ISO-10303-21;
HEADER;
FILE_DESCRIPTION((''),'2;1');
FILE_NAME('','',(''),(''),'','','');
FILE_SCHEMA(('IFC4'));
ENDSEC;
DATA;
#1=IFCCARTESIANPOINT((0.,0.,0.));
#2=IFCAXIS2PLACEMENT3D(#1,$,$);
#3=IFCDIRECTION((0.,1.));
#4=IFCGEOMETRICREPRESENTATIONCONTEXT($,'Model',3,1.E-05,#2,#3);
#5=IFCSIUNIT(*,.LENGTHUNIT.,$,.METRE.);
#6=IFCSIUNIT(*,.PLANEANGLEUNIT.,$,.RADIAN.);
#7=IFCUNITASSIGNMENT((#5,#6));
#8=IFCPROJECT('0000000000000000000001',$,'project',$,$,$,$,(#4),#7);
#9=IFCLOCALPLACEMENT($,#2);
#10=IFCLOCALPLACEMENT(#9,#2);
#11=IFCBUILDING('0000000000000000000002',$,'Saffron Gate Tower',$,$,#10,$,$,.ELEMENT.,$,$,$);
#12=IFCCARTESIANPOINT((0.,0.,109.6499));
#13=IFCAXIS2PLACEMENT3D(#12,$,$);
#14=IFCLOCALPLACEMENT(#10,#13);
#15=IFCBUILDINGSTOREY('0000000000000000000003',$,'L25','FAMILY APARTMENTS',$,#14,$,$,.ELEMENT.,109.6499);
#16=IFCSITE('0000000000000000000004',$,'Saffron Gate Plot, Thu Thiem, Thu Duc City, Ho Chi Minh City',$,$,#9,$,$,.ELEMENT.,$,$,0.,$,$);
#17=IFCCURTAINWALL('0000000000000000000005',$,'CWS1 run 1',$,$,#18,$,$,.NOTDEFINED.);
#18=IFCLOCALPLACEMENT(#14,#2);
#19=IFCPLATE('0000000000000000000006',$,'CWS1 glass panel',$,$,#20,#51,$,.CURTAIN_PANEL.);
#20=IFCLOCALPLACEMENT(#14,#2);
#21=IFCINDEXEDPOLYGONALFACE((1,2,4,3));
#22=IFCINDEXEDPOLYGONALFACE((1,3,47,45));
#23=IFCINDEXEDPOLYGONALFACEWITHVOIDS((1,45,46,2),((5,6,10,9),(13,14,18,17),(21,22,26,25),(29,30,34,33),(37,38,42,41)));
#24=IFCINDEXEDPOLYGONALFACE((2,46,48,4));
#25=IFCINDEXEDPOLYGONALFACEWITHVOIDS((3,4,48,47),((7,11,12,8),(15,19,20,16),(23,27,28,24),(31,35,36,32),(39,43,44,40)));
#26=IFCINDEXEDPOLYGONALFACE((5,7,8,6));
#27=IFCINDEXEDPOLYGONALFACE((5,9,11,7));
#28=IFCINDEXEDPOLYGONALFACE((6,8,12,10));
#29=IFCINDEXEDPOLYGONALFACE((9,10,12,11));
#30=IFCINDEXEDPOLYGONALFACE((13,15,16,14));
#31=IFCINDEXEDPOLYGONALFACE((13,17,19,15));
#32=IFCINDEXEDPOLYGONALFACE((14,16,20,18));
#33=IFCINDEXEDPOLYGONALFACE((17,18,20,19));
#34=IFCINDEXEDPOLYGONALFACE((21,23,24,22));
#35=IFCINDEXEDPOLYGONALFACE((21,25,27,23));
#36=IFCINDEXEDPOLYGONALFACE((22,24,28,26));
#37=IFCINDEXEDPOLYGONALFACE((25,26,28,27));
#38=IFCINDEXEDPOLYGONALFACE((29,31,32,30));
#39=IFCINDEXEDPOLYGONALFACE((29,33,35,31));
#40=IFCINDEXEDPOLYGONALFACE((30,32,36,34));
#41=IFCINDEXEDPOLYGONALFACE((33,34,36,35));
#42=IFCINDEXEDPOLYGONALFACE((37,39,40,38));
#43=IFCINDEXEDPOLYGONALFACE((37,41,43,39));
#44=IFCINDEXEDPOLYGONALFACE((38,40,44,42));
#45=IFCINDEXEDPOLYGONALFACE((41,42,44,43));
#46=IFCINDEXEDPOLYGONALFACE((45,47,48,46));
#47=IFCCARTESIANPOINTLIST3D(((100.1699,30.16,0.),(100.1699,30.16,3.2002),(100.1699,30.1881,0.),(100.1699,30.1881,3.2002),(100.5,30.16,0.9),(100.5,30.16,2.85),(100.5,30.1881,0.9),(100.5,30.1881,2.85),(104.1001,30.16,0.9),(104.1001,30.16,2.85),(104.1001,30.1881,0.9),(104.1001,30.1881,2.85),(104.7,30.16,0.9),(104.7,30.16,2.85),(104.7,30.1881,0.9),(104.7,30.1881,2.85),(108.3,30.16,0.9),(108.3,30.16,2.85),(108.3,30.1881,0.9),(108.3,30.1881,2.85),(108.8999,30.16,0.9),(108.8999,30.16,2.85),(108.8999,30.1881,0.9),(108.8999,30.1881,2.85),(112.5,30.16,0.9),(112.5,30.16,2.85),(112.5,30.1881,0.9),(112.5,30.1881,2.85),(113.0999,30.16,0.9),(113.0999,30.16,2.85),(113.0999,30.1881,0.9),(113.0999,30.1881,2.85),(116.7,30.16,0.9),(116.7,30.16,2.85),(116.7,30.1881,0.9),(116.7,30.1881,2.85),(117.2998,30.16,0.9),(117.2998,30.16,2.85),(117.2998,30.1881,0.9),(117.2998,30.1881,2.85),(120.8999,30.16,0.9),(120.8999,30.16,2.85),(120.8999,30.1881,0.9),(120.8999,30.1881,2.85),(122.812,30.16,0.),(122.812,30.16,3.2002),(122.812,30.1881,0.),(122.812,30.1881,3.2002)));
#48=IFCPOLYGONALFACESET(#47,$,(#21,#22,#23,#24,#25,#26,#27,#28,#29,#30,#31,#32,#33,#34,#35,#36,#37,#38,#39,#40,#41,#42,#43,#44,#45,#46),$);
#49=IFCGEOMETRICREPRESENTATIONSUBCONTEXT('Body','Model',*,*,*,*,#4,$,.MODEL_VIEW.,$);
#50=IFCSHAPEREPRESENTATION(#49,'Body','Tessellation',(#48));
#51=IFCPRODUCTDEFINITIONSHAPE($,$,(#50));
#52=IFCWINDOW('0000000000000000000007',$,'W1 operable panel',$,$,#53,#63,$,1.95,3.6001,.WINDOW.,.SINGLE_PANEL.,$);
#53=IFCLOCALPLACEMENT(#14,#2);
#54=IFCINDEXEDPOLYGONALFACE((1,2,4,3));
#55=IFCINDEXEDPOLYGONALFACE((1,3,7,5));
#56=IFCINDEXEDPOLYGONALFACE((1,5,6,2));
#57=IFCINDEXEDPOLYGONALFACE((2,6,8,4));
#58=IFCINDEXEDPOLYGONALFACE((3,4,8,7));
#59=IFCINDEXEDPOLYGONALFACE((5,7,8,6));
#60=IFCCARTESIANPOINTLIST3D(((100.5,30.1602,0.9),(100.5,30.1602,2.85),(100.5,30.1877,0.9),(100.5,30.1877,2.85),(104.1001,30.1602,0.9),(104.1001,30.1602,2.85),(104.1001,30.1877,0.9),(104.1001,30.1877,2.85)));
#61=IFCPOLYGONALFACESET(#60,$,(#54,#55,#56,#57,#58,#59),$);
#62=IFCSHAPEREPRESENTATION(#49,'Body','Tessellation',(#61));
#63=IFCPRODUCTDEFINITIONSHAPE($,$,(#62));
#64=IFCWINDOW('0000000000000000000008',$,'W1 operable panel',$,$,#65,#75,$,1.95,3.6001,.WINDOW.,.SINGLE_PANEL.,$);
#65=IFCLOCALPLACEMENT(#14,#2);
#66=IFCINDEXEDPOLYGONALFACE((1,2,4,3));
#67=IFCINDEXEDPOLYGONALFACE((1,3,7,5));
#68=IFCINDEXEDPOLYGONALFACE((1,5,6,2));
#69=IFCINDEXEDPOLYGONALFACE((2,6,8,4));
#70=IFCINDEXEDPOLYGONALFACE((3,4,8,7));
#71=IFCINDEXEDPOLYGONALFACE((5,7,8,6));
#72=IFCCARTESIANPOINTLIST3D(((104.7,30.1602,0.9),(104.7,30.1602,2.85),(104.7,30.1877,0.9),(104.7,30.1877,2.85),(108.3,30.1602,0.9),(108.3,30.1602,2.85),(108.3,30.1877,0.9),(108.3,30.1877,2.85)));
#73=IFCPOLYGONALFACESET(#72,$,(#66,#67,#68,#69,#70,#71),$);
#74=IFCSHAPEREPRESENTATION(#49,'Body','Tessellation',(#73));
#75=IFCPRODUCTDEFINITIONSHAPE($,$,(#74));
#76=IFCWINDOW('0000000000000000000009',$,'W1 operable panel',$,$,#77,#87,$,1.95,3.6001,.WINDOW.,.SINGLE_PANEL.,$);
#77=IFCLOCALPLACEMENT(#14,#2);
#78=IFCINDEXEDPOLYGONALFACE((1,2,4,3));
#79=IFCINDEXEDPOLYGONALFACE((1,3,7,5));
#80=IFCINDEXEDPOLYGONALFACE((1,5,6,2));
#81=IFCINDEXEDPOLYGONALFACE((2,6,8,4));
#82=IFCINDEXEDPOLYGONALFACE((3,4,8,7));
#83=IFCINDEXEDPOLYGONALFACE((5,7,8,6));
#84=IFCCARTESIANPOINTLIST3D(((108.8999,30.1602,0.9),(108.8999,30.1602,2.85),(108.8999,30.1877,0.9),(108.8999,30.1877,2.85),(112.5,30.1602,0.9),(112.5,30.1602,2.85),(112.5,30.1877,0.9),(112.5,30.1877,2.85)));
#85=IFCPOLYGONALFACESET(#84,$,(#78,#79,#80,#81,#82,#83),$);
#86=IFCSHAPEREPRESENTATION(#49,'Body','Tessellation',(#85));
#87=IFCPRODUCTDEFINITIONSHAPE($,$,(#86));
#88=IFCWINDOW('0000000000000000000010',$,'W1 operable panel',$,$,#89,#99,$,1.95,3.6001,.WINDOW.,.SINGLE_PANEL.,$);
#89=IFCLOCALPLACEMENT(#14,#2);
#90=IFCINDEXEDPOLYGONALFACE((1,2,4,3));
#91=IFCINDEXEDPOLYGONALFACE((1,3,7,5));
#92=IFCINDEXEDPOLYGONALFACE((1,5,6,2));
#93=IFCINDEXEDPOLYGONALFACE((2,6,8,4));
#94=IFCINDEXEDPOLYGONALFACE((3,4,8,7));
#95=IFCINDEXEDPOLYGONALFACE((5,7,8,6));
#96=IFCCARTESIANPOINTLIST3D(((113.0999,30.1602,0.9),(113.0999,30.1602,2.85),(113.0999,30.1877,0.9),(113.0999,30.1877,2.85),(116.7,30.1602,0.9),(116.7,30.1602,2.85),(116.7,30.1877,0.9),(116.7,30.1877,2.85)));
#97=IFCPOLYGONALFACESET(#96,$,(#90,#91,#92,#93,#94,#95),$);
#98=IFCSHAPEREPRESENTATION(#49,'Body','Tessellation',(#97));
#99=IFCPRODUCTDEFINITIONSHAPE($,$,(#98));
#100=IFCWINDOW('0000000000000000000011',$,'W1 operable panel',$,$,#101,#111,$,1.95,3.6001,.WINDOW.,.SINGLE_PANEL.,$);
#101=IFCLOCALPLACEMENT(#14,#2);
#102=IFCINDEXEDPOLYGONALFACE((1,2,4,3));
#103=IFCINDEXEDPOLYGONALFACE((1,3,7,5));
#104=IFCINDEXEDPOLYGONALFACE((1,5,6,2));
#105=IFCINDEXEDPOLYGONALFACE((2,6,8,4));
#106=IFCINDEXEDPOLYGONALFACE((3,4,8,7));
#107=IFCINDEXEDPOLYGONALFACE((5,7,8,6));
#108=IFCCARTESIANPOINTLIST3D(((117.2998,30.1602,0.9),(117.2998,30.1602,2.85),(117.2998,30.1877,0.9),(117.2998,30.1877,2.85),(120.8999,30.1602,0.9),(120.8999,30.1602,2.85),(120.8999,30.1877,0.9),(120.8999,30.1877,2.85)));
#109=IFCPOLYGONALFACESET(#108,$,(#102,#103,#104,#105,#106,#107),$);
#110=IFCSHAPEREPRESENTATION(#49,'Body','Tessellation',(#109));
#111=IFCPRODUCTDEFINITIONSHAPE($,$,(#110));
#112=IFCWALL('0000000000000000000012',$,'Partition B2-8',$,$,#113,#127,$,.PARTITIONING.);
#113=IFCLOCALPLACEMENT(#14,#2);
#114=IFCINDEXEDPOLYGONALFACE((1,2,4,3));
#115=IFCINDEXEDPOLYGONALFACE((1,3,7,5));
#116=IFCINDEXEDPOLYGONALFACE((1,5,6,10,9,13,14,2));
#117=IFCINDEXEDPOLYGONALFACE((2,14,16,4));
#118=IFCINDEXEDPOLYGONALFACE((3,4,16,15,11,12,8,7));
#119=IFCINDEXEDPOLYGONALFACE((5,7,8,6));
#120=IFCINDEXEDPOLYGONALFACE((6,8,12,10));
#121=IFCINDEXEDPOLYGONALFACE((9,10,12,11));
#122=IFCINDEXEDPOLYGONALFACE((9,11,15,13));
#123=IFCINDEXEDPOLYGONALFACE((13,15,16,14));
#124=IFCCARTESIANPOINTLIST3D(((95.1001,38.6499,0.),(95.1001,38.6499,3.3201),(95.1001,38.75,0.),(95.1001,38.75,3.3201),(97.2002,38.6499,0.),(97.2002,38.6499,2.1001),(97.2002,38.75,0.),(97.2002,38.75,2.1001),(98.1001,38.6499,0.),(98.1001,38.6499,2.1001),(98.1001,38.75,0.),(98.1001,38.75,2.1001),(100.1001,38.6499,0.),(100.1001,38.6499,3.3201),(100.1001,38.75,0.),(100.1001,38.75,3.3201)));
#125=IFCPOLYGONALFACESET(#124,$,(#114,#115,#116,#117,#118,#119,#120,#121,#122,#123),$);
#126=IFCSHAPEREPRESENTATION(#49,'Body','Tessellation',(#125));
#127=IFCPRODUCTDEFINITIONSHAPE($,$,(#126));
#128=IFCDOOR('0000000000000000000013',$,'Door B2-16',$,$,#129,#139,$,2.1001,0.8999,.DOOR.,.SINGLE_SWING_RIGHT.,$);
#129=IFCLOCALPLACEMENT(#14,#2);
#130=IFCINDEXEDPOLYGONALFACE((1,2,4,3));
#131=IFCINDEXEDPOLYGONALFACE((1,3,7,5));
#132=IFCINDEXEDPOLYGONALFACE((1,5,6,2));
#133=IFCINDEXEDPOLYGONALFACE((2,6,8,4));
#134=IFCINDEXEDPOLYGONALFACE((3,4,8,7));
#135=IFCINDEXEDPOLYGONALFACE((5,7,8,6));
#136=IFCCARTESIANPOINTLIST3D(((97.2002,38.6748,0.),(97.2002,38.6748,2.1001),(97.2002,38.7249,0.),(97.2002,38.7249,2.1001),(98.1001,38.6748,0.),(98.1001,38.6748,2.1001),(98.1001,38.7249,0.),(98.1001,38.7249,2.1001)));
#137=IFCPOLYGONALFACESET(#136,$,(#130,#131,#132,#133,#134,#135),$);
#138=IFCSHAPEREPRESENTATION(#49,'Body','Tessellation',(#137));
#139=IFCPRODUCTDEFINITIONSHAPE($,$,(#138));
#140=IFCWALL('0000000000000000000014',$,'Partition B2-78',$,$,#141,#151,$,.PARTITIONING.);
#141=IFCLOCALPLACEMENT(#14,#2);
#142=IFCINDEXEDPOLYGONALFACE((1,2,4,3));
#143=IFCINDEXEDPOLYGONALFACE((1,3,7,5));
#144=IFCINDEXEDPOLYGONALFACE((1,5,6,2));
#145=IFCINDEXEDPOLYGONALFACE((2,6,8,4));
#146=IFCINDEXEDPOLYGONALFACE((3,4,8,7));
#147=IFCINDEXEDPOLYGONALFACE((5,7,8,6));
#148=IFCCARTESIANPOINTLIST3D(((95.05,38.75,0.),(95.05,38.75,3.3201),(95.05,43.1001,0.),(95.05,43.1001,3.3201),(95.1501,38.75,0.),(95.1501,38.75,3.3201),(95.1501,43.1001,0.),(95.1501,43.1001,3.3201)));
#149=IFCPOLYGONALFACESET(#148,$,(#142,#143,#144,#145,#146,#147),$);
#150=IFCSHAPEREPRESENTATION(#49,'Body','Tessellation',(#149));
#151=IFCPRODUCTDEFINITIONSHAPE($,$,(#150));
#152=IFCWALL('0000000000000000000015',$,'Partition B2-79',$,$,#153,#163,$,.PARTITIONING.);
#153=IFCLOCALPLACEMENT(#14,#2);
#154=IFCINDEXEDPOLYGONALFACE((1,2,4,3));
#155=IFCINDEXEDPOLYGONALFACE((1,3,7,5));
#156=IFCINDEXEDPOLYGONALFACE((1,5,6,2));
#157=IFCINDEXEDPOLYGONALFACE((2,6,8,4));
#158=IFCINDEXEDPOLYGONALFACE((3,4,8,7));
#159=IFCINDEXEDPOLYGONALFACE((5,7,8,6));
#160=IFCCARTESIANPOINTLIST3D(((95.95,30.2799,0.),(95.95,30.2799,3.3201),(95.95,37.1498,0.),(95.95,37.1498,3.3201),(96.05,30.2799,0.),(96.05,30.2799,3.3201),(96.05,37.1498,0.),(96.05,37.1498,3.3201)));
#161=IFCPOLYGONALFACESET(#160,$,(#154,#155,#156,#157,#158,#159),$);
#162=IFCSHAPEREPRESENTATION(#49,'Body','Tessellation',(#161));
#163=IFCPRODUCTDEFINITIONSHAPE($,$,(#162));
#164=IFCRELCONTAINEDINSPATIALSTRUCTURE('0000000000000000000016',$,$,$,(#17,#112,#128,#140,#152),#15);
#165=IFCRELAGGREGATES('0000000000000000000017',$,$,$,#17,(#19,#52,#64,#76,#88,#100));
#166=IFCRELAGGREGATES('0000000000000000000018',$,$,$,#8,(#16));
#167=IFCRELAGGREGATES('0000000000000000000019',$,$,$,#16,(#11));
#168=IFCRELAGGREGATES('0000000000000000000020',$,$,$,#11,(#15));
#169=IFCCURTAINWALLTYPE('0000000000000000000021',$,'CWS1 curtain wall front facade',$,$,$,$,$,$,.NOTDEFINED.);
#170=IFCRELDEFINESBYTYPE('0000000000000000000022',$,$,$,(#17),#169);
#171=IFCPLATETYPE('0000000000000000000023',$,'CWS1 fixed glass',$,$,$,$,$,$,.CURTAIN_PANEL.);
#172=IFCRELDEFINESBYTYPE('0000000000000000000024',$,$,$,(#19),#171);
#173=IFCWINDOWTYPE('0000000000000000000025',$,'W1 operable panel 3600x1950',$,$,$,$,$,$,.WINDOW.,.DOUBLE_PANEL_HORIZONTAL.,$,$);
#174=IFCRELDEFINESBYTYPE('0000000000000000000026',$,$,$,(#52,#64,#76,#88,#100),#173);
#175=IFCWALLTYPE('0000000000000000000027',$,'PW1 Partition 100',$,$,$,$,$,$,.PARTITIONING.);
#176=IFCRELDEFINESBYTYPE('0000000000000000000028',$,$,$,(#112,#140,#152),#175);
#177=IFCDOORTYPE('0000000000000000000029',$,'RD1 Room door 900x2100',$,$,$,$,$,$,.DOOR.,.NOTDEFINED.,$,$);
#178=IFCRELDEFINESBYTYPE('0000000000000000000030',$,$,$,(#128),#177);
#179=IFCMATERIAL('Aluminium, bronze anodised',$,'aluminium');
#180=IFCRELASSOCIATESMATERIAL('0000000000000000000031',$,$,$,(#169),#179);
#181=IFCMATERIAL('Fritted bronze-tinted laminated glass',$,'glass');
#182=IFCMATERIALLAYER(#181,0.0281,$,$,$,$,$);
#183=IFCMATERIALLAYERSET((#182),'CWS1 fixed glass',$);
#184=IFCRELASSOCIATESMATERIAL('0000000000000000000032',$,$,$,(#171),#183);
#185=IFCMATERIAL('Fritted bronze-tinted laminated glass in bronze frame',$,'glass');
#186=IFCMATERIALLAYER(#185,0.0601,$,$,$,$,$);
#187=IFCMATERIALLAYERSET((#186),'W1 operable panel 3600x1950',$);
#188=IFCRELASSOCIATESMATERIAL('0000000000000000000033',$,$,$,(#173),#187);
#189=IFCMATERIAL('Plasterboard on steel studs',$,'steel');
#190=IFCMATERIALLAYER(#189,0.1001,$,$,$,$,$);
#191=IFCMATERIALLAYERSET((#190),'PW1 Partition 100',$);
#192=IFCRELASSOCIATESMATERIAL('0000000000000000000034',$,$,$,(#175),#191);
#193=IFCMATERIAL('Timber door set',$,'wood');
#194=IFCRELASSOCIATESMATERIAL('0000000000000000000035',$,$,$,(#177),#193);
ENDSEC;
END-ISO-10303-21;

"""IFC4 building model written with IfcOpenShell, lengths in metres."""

from ifc_helpers import new_model, si_unit, direction, frame, frame_2d, origin, place, context, subcontext, project, spatial, rectangle, extrude, material, layer, layer_set, type_object, element, fill, aggregate, save


model = new_model("IFC4")

# Units and contexts
model_context = context("Model", 3, precision=1e-05, world=origin(), true_north=direction((0.0, 1.0)))
body_context = subcontext(model_context, "Body", "Model", "MODEL_VIEW")
ifc_project = project(units=[si_unit("LENGTHUNIT", "METRE"), si_unit("PLANEANGLEUNIT", "RADIAN")], contexts=[model_context])

# Site, building, storey
site_placement = place(None, origin())
site = spatial("IfcSite", under=ifc_project, at=site_placement, Name="Saffron Gate Plot, Thu Thiem, Thu Duc City, Ho Chi Minh City", CompositionType="ELEMENT", RefElevation=0.0)
building_placement = place(site_placement, origin())
building = spatial("IfcBuilding", under=site, at=building_placement, Name="Saffron Gate Tower", CompositionType="ELEMENT")
storey_placement = place(building_placement, frame((0.0, 0.0, 109.6499)))
storey = spatial("IfcBuildingStorey", under=building, at=storey_placement, Name="L25", Description="FAMILY APARTMENTS", CompositionType="ELEMENT", Elevation=109.6499)

# Curtain wall, plate, openings, windows
ifc_material_1 = material(Name="Aluminium, bronze anodised", Category="aluminium")
curtain_wall_type = type_object("IfcCurtainWallType", Name="CWS1 curtain wall front facade", PredefinedType="NOTDEFINED", material=ifc_material_1)
curtain_wall_placement = place(storey_placement, origin())
curtain_wall = element("IfcCurtainWall", 1, at=curtain_wall_placement, inside=storey, type_object=curtain_wall_type, Name="CWS1 run 1", PredefinedType="NOTDEFINED")
ifc_material_2 = material(Name="Fritted bronze-tinted laminated glass", Category="glass")
ifc_layer_1 = layer(ifc_material_2, 0.0281)
ifc_layer_set_1 = layer_set([ifc_layer_1], Name="CWS1 fixed glass")
plate_type = type_object("IfcPlateType", Name="CWS1 fixed glass", PredefinedType="CURTAIN_PANEL", material=ifc_layer_set_1)
plate_placement = place(storey_placement, frame((100.1699, 30.1741, 0.0), z_axis=(0.0, 0.0, 1.0), x_axis=(1.0, 0.0, 0.0)))
plate = element("IfcPlate", 2, at=plate_placement, type_object=plate_type, Name="CWS1 glass panel", PredefinedType="CURTAIN_PANEL", context=body_context, shape_type="SweptSolid", body=[
    extrude(rectangle(XDim=22.6421, YDim=0.0281, at=frame_2d((11.321, 0.0))), origin(), (0.0, 0.0, 1.0), 3.2002),
])
opening_1_placement = place(plate_placement, frame((0.3301, 0.0, 0.8999)))
opening_1 = element("IfcOpeningElement", 3, at=opening_1_placement, cuts=plate, PredefinedType="OPENING", context=body_context, shape_type="SweptSolid", body=[
    extrude(rectangle(XDim=3.6001, YDim=1.95, at=frame_2d((1.8, 0.9751))), frame((0.0, 0.0239, 0.0), z_axis=(0.0, -1.0, 0.0), x_axis=(1.0, 0.0, 0.0)), (0.0, 0.0, 1.0), 0.0481),
])
opening_2_placement = place(plate_placement, frame((4.53, 0.0, 0.8999)))
opening_2 = element("IfcOpeningElement", 4, at=opening_2_placement, cuts=plate, PredefinedType="OPENING", context=body_context, shape_type="SweptSolid", body=[
    extrude(rectangle(XDim=3.6001, YDim=1.95, at=frame_2d((1.8, 0.9751))), frame((0.0, 0.0239, 0.0), z_axis=(0.0, -1.0, 0.0), x_axis=(1.0, 0.0, 0.0)), (0.0, 0.0, 1.0), 0.0481),
])
opening_3_placement = place(plate_placement, frame((8.73, 0.0, 0.8999)))
opening_3 = element("IfcOpeningElement", 5, at=opening_3_placement, cuts=plate, PredefinedType="OPENING", context=body_context, shape_type="SweptSolid", body=[
    extrude(rectangle(XDim=3.6001, YDim=1.95, at=frame_2d((1.8, 0.9751))), frame((0.0, 0.0239, 0.0), z_axis=(0.0, -1.0, 0.0), x_axis=(1.0, 0.0, 0.0)), (0.0, 0.0, 1.0), 0.0481),
])
opening_4_placement = place(plate_placement, frame((12.9299, 0.0, 0.8999)))
opening_4 = element("IfcOpeningElement", 6, at=opening_4_placement, cuts=plate, PredefinedType="OPENING", context=body_context, shape_type="SweptSolid", body=[
    extrude(rectangle(XDim=3.6001, YDim=1.95, at=frame_2d((1.8, 0.9751))), frame((0.0, 0.0239, 0.0), z_axis=(0.0, -1.0, 0.0), x_axis=(1.0, 0.0, 0.0)), (0.0, 0.0, 1.0), 0.0481),
])
opening_5_placement = place(plate_placement, frame((17.1299, 0.0, 0.8999)))
opening_5 = element("IfcOpeningElement", 7, at=opening_5_placement, cuts=plate, PredefinedType="OPENING", context=body_context, shape_type="SweptSolid", body=[
    extrude(rectangle(XDim=3.6001, YDim=1.95, at=frame_2d((1.8, 0.9751))), frame((0.0, 0.0239, 0.0), z_axis=(0.0, -1.0, 0.0), x_axis=(1.0, 0.0, 0.0)), (0.0, 0.0, 1.0), 0.0481),
])
ifc_material_3 = material(Name="Fritted bronze-tinted laminated glass in bronze frame", Category="glass")
ifc_layer_2 = layer(ifc_material_3, 0.0601)
ifc_layer_set_2 = layer_set([ifc_layer_2], Name="W1 operable panel 3600x1950")
window_type = type_object("IfcWindowType", Name="W1 operable panel 3600x1950", PartitioningType="DOUBLE_PANEL_HORIZONTAL", PredefinedType="WINDOW", material=ifc_layer_set_2)
window_1_placement = place(opening_1_placement, origin())
window_1 = element("IfcWindow", 8, at=window_1_placement, type_object=window_type, Name="W1 operable panel", OverallHeight=1.95, OverallWidth=3.6001, PartitioningType="SINGLE_PANEL", PredefinedType="WINDOW", context=body_context, shape_type="SweptSolid", body=[
    extrude(rectangle(XDim=3.6001, YDim=1.95, at=frame_2d((1.8, 0.9751))), frame((0.0, 0.0137, 0.0), z_axis=(0.0, -1.0, 0.0), x_axis=(1.0, 0.0, 0.0)), (0.0, 0.0, 1.0), 0.0276),
])
fill(opening_1, window_1)
window_2_placement = place(opening_2_placement, origin())
window_2 = element("IfcWindow", 9, at=window_2_placement, type_object=window_type, Name="W1 operable panel", OverallHeight=1.95, OverallWidth=3.6001, PartitioningType="SINGLE_PANEL", PredefinedType="WINDOW", context=body_context, shape_type="SweptSolid", body=[
    extrude(rectangle(XDim=3.6001, YDim=1.95, at=frame_2d((1.8, 0.9751))), frame((0.0, 0.0137, 0.0), z_axis=(0.0, -1.0, 0.0), x_axis=(1.0, 0.0, 0.0)), (0.0, 0.0, 1.0), 0.0276),
])
fill(opening_2, window_2)
window_3_placement = place(opening_3_placement, origin())
window_3 = element("IfcWindow", 10, at=window_3_placement, type_object=window_type, Name="W1 operable panel", OverallHeight=1.95, OverallWidth=3.6001, PartitioningType="SINGLE_PANEL", PredefinedType="WINDOW", context=body_context, shape_type="SweptSolid", body=[
    extrude(rectangle(XDim=3.6001, YDim=1.95, at=frame_2d((1.8, 0.9751))), frame((0.0, 0.0137, 0.0), z_axis=(0.0, -1.0, 0.0), x_axis=(1.0, 0.0, 0.0)), (0.0, 0.0, 1.0), 0.0276),
])
fill(opening_3, window_3)
window_4_placement = place(opening_4_placement, origin())
window_4 = element("IfcWindow", 11, at=window_4_placement, type_object=window_type, Name="W1 operable panel", OverallHeight=1.95, OverallWidth=3.6001, PartitioningType="SINGLE_PANEL", PredefinedType="WINDOW", context=body_context, shape_type="SweptSolid", body=[
    extrude(rectangle(XDim=3.6001, YDim=1.95, at=frame_2d((1.8, 0.9751))), frame((0.0, 0.0137, 0.0), z_axis=(0.0, -1.0, 0.0), x_axis=(1.0, 0.0, 0.0)), (0.0, 0.0, 1.0), 0.0276),
])
fill(opening_4, window_4)
window_5_placement = place(opening_5_placement, origin())
window_5 = element("IfcWindow", 12, at=window_5_placement, type_object=window_type, Name="W1 operable panel", OverallHeight=1.95, OverallWidth=3.6001, PartitioningType="SINGLE_PANEL", PredefinedType="WINDOW", context=body_context, shape_type="SweptSolid", body=[
    extrude(rectangle(XDim=3.6001, YDim=1.95, at=frame_2d((1.8, 0.9751))), frame((0.0, 0.0137, 0.0), z_axis=(0.0, -1.0, 0.0), x_axis=(1.0, 0.0, 0.0)), (0.0, 0.0, 1.0), 0.0276),
])
fill(opening_5, window_5)
aggregate(curtain_wall, [plate, window_1, window_2, window_3, window_4, window_5])

# Wall, opening, door
ifc_material_4 = material(Name="Plasterboard on steel studs", Category="steel")
ifc_layer_3 = layer(ifc_material_4, 0.1001)
ifc_layer_set_3 = layer_set([ifc_layer_3], Name="PW1 Partition 100")
wall_type_1 = type_object("IfcWallType", Name="PW1 Partition 100", PredefinedType="PARTITIONING", material=ifc_layer_set_3)
wall_1_placement = place(storey_placement, frame((95.1001, 38.7, 0.0), z_axis=(0.0, 0.0, 1.0), x_axis=(1.0, 0.0, 0.0)))
wall_1 = element("IfcWall", 13, at=wall_1_placement, inside=storey, type_object=wall_type_1, Name="Partition B2-8", PredefinedType="PARTITIONING", context=body_context, shape_type="SweptSolid", body=[
    extrude(rectangle(XDim=5.0, YDim=0.1001, at=frame_2d((2.5, 0.0))), origin(), (0.0, 0.0, 1.0), 3.3201),
])
opening_6_placement = place(wall_1_placement, frame((2.1001, 0.0, 0.0)))
opening_6 = element("IfcOpeningElement", 14, at=opening_6_placement, cuts=wall_1, PredefinedType="OPENING", context=body_context, shape_type="SweptSolid", body=[
    extrude(rectangle(XDim=0.8999, YDim=2.1001, at=frame_2d((0.45, 1.05))), frame((0.0, 0.0601, 0.0), z_axis=(0.0, -1.0, 0.0), x_axis=(1.0, 0.0, 0.0)), (0.0, 0.0, 1.0), 0.1201),
])
ifc_material_5 = material(Name="Timber door set", Category="wood")
door_type = type_object("IfcDoorType", Name="RD1 Room door 900x2100", OperationType="NOTDEFINED", PredefinedType="DOOR", material=ifc_material_5)
door_1_placement = place(opening_6_placement, origin())
door_1 = element("IfcDoor", 15, at=door_1_placement, inside=storey, type_object=door_type, Name="Door B2-16", OperationType="SINGLE_SWING_RIGHT", OverallHeight=2.1001, OverallWidth=0.8999, PredefinedType="DOOR", context=body_context, shape_type="SweptSolid", body=[
    extrude(rectangle(XDim=0.8999, YDim=2.1001, at=frame_2d((0.45, 1.05))), frame((0.0, 0.0249, 0.0), z_axis=(0.0, -1.0, 0.0), x_axis=(1.0, 0.0, 0.0)), (0.0, 0.0, 1.0), 0.05),
])
fill(opening_6, door_1)

# Walls
wall_2_placement = place(storey_placement, frame((95.1001, 43.1001, 0.0), z_axis=(0.0, 0.0, 1.0), x_axis=(0.0, -1.0, 0.0)))
element("IfcWall", 16, at=wall_2_placement, inside=storey, type_object=wall_type_1, Name="Partition B2-78", PredefinedType="PARTITIONING", context=body_context, shape_type="SweptSolid", body=[
    extrude(rectangle(XDim=4.3501, YDim=0.1001, at=frame_2d((2.175, 0.0))), origin(), (0.0, 0.0, 1.0), 3.3201),
])
wall_3_placement = place(storey_placement, frame((96.0, 37.1499, 0.0), z_axis=(0.0, 0.0, 1.0), x_axis=(0.0, -1.0, 0.0)))
element("IfcWall", 17, at=wall_3_placement, inside=storey, type_object=wall_type_1, Name="Partition B2-79", PredefinedType="PARTITIONING", context=body_context, shape_type="SweptSolid", body=[
    extrude(rectangle(XDim=6.8699, YDim=0.1001, at=frame_2d((3.4351, 0.0))), origin(), (0.0, 0.0, 1.0), 3.3201),
])

save(model, "model.ifc")
